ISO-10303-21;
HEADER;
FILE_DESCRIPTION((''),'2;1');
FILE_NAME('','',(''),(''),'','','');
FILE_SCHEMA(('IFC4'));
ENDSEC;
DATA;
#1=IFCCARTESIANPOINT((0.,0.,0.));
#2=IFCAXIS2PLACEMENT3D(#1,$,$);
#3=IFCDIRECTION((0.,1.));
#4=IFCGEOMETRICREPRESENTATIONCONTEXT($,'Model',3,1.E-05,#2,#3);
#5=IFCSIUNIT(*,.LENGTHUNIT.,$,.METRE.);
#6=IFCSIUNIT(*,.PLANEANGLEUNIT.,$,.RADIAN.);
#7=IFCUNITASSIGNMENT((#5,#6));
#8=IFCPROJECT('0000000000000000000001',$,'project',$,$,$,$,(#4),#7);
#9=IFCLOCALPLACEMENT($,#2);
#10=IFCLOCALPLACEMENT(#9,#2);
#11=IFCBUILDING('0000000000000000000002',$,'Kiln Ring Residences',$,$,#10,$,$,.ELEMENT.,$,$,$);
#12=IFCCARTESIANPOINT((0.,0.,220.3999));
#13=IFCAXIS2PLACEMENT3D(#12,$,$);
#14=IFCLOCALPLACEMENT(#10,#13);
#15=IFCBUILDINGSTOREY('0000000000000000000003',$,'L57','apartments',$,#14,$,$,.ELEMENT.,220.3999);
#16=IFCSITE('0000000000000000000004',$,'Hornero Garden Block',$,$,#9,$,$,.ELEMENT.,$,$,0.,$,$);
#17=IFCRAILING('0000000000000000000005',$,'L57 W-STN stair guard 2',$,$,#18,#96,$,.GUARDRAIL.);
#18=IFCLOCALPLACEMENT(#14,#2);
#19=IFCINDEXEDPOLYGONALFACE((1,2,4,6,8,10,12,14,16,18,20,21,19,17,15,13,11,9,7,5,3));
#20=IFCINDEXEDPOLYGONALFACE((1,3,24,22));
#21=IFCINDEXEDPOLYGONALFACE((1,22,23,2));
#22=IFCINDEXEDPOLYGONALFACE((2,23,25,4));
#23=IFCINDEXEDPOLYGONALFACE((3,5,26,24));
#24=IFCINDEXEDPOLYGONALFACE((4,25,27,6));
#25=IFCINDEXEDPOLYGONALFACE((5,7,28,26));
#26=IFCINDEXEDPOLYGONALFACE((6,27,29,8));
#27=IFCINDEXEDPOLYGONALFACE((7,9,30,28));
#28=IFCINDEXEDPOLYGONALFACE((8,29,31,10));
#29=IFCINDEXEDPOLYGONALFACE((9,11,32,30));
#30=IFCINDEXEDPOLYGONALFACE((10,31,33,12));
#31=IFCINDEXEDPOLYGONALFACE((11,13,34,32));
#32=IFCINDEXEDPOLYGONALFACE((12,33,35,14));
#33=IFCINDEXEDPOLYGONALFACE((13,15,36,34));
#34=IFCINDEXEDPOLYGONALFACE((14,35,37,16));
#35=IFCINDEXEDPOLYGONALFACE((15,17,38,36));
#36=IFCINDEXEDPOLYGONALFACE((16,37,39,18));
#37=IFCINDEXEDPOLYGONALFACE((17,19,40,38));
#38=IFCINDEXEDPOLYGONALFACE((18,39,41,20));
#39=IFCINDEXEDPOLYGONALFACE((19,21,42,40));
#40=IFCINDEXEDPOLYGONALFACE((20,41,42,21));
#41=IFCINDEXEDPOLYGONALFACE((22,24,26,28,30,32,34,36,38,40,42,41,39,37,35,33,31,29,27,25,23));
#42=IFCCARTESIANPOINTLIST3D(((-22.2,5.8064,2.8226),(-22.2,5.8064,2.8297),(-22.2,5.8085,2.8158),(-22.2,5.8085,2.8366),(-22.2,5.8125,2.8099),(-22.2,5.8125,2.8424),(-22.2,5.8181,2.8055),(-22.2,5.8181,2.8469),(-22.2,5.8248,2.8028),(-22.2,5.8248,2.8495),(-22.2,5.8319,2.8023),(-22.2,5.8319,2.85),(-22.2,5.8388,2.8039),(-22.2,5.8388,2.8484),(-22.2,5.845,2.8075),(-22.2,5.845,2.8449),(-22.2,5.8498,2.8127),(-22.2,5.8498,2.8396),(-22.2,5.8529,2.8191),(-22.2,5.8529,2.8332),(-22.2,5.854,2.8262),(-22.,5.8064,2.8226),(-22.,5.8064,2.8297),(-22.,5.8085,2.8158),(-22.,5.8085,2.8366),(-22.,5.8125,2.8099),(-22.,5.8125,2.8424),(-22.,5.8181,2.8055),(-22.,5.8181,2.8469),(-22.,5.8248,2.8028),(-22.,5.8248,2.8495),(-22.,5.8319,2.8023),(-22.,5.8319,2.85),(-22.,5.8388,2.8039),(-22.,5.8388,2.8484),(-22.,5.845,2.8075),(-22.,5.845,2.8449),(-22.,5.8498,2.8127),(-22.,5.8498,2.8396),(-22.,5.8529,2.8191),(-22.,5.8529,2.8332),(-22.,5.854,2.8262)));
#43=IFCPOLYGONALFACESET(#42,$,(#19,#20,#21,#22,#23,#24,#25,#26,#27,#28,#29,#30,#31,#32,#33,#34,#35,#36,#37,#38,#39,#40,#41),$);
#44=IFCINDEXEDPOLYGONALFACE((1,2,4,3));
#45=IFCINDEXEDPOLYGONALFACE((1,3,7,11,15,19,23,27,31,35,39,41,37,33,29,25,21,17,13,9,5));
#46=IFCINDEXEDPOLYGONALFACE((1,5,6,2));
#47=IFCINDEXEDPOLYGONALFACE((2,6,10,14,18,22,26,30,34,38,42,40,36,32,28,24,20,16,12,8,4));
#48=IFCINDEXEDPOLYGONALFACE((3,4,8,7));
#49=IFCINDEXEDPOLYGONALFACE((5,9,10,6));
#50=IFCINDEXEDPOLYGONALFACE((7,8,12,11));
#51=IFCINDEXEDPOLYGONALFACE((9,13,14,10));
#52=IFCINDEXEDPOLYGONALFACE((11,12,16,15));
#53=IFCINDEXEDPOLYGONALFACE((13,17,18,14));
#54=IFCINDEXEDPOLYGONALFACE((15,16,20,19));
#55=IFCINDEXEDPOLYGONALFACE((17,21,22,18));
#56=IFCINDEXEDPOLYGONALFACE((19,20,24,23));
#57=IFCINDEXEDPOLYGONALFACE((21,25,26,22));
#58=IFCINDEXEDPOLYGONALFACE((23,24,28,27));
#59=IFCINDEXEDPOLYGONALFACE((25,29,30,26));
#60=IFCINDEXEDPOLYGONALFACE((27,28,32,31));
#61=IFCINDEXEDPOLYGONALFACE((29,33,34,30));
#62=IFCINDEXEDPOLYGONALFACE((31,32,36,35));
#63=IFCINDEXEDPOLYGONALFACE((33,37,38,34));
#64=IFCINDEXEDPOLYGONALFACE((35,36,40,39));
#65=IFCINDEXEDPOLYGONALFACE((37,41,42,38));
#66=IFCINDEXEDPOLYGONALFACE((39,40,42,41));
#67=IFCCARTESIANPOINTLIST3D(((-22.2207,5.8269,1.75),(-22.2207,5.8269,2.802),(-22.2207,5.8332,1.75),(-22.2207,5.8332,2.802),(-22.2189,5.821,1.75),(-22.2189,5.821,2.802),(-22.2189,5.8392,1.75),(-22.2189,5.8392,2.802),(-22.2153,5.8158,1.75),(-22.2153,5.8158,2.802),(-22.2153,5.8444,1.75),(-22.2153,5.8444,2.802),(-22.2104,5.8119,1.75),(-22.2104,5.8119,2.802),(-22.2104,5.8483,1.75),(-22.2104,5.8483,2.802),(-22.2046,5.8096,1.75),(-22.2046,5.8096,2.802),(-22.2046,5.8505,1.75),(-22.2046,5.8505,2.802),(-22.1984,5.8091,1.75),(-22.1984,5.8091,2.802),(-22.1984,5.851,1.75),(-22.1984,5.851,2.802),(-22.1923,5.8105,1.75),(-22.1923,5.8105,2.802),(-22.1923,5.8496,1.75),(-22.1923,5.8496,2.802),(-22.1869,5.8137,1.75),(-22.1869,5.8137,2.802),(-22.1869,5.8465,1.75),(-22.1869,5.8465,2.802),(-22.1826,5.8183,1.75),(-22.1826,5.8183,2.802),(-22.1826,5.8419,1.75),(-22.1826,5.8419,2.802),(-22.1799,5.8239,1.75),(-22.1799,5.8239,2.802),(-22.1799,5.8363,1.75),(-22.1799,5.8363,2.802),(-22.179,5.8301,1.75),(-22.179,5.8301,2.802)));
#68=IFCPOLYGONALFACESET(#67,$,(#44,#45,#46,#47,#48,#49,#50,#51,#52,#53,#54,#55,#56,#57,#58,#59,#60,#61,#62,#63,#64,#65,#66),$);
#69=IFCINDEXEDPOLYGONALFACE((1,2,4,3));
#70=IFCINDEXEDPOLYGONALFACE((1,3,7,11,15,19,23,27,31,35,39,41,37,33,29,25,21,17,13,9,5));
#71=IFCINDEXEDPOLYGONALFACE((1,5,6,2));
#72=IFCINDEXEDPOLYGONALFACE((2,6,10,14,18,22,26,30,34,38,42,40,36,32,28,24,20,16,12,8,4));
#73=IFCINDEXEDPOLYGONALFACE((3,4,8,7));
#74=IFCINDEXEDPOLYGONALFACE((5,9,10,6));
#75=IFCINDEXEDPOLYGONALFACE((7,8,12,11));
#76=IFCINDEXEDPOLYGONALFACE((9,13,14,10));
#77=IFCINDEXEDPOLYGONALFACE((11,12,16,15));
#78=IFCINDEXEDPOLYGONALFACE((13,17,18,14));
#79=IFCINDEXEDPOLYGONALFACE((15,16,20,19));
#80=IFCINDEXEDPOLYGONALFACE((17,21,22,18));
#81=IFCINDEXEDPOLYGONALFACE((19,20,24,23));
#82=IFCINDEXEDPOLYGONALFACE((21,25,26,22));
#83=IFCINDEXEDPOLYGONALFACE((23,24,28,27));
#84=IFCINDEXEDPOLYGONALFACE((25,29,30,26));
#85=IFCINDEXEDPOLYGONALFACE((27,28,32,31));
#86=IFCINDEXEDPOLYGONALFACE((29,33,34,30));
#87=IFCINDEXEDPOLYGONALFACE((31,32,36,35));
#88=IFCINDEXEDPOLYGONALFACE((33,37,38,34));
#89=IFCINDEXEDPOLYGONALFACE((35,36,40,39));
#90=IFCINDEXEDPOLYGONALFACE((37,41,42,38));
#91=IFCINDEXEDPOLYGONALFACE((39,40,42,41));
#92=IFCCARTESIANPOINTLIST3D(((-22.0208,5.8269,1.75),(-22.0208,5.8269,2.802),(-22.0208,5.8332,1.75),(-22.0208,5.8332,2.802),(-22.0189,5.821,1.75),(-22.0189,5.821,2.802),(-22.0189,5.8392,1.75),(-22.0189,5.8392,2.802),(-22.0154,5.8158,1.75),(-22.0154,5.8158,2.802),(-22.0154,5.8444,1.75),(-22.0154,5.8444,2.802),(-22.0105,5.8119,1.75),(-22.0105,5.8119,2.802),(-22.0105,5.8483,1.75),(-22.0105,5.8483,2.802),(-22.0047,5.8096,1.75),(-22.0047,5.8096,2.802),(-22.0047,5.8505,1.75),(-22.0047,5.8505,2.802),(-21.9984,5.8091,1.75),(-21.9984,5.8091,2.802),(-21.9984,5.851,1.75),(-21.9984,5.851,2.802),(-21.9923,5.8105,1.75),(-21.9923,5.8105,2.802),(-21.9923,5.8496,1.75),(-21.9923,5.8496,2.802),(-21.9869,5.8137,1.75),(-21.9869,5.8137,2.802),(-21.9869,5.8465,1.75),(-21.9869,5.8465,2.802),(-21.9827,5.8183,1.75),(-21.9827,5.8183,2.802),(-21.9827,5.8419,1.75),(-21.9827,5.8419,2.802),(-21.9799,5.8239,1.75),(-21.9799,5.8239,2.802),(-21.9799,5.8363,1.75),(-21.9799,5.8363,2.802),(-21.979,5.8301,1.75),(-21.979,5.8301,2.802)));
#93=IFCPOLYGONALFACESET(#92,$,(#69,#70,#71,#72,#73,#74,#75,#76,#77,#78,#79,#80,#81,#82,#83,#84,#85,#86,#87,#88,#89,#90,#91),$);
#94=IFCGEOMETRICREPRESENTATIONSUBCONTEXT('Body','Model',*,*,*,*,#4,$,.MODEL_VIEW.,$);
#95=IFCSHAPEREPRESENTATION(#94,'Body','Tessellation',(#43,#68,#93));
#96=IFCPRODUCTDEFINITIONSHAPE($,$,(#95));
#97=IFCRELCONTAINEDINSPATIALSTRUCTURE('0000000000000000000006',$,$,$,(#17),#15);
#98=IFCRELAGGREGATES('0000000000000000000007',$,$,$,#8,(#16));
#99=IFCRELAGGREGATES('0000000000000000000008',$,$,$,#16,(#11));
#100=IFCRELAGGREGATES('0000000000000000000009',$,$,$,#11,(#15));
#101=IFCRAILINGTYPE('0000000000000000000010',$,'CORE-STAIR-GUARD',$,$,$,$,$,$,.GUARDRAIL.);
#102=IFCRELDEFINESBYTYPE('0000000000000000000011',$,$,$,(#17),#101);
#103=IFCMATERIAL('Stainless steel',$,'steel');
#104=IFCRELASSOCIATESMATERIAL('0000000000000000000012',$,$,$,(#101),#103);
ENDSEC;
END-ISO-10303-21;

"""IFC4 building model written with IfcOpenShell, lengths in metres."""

from ifc_helpers import new_model, si_unit, direction, frame, origin, origin_2d, place, context, subcontext, project, spatial, circle, extrude, material, type_object, element, save


model = new_model("IFC4")

# Units and contexts
model_context = context("Model", 3, precision=1e-05, world=origin(), true_north=direction((0.0, 1.0)))
body_context = subcontext(model_context, "Body", "Model", "MODEL_VIEW")
ifc_project = project(units=[si_unit("LENGTHUNIT", "METRE"), si_unit("PLANEANGLEUNIT", "RADIAN")], contexts=[model_context])

# Site, building, storey
site_placement = place(None, origin())
site = spatial("IfcSite", under=ifc_project, at=site_placement, Name="Hornero Garden Block", CompositionType="ELEMENT", RefElevation=0.0)
building_placement = place(site_placement, origin())
building = spatial("IfcBuilding", under=site, at=building_placement, Name="Kiln Ring Residences", CompositionType="ELEMENT")
storey_placement = place(building_placement, frame((0.0, 0.0, 220.3999)))
storey = spatial("IfcBuildingStorey", under=building, at=storey_placement, Name="L57", Description="apartments", CompositionType="ELEMENT", Elevation=220.3999)

# Railing
ifc_material_1 = material(Name="Stainless steel", Category="steel")
railing_type_1 = type_object("IfcRailingType", Name="CORE-STAIR-GUARD", PredefinedType="GUARDRAIL", material=ifc_material_1)
railing_1_placement = place(storey_placement, frame((-22.2, 5.8301, 1.75)))
element("IfcRailing", 1, at=railing_1_placement, inside=storey, type_object=railing_type_1, Name="L57 W-STN stair guard 2", PredefinedType="GUARDRAIL", context=body_context, shape_type="SweptSolid", body=[
    extrude(circle(Radius=0.0239, at=origin_2d()), frame((0.0, 0.0, 1.0762), z_axis=(1.0, 0.0, 0.0), x_axis=(0.0, 1.0, 0.0)), (0.0, 0.0, 1.0), 0.2),
    extrude(circle(Radius=0.021, at=origin_2d()), origin(), (0.0, 0.0, 1.0), 1.052),
    extrude(circle(Radius=0.021, at=origin_2d()), frame((0.2, 0.0, 0.0)), (0.0, 0.0, 1.0), 1.052),
])

save(model, "model.ifc")
